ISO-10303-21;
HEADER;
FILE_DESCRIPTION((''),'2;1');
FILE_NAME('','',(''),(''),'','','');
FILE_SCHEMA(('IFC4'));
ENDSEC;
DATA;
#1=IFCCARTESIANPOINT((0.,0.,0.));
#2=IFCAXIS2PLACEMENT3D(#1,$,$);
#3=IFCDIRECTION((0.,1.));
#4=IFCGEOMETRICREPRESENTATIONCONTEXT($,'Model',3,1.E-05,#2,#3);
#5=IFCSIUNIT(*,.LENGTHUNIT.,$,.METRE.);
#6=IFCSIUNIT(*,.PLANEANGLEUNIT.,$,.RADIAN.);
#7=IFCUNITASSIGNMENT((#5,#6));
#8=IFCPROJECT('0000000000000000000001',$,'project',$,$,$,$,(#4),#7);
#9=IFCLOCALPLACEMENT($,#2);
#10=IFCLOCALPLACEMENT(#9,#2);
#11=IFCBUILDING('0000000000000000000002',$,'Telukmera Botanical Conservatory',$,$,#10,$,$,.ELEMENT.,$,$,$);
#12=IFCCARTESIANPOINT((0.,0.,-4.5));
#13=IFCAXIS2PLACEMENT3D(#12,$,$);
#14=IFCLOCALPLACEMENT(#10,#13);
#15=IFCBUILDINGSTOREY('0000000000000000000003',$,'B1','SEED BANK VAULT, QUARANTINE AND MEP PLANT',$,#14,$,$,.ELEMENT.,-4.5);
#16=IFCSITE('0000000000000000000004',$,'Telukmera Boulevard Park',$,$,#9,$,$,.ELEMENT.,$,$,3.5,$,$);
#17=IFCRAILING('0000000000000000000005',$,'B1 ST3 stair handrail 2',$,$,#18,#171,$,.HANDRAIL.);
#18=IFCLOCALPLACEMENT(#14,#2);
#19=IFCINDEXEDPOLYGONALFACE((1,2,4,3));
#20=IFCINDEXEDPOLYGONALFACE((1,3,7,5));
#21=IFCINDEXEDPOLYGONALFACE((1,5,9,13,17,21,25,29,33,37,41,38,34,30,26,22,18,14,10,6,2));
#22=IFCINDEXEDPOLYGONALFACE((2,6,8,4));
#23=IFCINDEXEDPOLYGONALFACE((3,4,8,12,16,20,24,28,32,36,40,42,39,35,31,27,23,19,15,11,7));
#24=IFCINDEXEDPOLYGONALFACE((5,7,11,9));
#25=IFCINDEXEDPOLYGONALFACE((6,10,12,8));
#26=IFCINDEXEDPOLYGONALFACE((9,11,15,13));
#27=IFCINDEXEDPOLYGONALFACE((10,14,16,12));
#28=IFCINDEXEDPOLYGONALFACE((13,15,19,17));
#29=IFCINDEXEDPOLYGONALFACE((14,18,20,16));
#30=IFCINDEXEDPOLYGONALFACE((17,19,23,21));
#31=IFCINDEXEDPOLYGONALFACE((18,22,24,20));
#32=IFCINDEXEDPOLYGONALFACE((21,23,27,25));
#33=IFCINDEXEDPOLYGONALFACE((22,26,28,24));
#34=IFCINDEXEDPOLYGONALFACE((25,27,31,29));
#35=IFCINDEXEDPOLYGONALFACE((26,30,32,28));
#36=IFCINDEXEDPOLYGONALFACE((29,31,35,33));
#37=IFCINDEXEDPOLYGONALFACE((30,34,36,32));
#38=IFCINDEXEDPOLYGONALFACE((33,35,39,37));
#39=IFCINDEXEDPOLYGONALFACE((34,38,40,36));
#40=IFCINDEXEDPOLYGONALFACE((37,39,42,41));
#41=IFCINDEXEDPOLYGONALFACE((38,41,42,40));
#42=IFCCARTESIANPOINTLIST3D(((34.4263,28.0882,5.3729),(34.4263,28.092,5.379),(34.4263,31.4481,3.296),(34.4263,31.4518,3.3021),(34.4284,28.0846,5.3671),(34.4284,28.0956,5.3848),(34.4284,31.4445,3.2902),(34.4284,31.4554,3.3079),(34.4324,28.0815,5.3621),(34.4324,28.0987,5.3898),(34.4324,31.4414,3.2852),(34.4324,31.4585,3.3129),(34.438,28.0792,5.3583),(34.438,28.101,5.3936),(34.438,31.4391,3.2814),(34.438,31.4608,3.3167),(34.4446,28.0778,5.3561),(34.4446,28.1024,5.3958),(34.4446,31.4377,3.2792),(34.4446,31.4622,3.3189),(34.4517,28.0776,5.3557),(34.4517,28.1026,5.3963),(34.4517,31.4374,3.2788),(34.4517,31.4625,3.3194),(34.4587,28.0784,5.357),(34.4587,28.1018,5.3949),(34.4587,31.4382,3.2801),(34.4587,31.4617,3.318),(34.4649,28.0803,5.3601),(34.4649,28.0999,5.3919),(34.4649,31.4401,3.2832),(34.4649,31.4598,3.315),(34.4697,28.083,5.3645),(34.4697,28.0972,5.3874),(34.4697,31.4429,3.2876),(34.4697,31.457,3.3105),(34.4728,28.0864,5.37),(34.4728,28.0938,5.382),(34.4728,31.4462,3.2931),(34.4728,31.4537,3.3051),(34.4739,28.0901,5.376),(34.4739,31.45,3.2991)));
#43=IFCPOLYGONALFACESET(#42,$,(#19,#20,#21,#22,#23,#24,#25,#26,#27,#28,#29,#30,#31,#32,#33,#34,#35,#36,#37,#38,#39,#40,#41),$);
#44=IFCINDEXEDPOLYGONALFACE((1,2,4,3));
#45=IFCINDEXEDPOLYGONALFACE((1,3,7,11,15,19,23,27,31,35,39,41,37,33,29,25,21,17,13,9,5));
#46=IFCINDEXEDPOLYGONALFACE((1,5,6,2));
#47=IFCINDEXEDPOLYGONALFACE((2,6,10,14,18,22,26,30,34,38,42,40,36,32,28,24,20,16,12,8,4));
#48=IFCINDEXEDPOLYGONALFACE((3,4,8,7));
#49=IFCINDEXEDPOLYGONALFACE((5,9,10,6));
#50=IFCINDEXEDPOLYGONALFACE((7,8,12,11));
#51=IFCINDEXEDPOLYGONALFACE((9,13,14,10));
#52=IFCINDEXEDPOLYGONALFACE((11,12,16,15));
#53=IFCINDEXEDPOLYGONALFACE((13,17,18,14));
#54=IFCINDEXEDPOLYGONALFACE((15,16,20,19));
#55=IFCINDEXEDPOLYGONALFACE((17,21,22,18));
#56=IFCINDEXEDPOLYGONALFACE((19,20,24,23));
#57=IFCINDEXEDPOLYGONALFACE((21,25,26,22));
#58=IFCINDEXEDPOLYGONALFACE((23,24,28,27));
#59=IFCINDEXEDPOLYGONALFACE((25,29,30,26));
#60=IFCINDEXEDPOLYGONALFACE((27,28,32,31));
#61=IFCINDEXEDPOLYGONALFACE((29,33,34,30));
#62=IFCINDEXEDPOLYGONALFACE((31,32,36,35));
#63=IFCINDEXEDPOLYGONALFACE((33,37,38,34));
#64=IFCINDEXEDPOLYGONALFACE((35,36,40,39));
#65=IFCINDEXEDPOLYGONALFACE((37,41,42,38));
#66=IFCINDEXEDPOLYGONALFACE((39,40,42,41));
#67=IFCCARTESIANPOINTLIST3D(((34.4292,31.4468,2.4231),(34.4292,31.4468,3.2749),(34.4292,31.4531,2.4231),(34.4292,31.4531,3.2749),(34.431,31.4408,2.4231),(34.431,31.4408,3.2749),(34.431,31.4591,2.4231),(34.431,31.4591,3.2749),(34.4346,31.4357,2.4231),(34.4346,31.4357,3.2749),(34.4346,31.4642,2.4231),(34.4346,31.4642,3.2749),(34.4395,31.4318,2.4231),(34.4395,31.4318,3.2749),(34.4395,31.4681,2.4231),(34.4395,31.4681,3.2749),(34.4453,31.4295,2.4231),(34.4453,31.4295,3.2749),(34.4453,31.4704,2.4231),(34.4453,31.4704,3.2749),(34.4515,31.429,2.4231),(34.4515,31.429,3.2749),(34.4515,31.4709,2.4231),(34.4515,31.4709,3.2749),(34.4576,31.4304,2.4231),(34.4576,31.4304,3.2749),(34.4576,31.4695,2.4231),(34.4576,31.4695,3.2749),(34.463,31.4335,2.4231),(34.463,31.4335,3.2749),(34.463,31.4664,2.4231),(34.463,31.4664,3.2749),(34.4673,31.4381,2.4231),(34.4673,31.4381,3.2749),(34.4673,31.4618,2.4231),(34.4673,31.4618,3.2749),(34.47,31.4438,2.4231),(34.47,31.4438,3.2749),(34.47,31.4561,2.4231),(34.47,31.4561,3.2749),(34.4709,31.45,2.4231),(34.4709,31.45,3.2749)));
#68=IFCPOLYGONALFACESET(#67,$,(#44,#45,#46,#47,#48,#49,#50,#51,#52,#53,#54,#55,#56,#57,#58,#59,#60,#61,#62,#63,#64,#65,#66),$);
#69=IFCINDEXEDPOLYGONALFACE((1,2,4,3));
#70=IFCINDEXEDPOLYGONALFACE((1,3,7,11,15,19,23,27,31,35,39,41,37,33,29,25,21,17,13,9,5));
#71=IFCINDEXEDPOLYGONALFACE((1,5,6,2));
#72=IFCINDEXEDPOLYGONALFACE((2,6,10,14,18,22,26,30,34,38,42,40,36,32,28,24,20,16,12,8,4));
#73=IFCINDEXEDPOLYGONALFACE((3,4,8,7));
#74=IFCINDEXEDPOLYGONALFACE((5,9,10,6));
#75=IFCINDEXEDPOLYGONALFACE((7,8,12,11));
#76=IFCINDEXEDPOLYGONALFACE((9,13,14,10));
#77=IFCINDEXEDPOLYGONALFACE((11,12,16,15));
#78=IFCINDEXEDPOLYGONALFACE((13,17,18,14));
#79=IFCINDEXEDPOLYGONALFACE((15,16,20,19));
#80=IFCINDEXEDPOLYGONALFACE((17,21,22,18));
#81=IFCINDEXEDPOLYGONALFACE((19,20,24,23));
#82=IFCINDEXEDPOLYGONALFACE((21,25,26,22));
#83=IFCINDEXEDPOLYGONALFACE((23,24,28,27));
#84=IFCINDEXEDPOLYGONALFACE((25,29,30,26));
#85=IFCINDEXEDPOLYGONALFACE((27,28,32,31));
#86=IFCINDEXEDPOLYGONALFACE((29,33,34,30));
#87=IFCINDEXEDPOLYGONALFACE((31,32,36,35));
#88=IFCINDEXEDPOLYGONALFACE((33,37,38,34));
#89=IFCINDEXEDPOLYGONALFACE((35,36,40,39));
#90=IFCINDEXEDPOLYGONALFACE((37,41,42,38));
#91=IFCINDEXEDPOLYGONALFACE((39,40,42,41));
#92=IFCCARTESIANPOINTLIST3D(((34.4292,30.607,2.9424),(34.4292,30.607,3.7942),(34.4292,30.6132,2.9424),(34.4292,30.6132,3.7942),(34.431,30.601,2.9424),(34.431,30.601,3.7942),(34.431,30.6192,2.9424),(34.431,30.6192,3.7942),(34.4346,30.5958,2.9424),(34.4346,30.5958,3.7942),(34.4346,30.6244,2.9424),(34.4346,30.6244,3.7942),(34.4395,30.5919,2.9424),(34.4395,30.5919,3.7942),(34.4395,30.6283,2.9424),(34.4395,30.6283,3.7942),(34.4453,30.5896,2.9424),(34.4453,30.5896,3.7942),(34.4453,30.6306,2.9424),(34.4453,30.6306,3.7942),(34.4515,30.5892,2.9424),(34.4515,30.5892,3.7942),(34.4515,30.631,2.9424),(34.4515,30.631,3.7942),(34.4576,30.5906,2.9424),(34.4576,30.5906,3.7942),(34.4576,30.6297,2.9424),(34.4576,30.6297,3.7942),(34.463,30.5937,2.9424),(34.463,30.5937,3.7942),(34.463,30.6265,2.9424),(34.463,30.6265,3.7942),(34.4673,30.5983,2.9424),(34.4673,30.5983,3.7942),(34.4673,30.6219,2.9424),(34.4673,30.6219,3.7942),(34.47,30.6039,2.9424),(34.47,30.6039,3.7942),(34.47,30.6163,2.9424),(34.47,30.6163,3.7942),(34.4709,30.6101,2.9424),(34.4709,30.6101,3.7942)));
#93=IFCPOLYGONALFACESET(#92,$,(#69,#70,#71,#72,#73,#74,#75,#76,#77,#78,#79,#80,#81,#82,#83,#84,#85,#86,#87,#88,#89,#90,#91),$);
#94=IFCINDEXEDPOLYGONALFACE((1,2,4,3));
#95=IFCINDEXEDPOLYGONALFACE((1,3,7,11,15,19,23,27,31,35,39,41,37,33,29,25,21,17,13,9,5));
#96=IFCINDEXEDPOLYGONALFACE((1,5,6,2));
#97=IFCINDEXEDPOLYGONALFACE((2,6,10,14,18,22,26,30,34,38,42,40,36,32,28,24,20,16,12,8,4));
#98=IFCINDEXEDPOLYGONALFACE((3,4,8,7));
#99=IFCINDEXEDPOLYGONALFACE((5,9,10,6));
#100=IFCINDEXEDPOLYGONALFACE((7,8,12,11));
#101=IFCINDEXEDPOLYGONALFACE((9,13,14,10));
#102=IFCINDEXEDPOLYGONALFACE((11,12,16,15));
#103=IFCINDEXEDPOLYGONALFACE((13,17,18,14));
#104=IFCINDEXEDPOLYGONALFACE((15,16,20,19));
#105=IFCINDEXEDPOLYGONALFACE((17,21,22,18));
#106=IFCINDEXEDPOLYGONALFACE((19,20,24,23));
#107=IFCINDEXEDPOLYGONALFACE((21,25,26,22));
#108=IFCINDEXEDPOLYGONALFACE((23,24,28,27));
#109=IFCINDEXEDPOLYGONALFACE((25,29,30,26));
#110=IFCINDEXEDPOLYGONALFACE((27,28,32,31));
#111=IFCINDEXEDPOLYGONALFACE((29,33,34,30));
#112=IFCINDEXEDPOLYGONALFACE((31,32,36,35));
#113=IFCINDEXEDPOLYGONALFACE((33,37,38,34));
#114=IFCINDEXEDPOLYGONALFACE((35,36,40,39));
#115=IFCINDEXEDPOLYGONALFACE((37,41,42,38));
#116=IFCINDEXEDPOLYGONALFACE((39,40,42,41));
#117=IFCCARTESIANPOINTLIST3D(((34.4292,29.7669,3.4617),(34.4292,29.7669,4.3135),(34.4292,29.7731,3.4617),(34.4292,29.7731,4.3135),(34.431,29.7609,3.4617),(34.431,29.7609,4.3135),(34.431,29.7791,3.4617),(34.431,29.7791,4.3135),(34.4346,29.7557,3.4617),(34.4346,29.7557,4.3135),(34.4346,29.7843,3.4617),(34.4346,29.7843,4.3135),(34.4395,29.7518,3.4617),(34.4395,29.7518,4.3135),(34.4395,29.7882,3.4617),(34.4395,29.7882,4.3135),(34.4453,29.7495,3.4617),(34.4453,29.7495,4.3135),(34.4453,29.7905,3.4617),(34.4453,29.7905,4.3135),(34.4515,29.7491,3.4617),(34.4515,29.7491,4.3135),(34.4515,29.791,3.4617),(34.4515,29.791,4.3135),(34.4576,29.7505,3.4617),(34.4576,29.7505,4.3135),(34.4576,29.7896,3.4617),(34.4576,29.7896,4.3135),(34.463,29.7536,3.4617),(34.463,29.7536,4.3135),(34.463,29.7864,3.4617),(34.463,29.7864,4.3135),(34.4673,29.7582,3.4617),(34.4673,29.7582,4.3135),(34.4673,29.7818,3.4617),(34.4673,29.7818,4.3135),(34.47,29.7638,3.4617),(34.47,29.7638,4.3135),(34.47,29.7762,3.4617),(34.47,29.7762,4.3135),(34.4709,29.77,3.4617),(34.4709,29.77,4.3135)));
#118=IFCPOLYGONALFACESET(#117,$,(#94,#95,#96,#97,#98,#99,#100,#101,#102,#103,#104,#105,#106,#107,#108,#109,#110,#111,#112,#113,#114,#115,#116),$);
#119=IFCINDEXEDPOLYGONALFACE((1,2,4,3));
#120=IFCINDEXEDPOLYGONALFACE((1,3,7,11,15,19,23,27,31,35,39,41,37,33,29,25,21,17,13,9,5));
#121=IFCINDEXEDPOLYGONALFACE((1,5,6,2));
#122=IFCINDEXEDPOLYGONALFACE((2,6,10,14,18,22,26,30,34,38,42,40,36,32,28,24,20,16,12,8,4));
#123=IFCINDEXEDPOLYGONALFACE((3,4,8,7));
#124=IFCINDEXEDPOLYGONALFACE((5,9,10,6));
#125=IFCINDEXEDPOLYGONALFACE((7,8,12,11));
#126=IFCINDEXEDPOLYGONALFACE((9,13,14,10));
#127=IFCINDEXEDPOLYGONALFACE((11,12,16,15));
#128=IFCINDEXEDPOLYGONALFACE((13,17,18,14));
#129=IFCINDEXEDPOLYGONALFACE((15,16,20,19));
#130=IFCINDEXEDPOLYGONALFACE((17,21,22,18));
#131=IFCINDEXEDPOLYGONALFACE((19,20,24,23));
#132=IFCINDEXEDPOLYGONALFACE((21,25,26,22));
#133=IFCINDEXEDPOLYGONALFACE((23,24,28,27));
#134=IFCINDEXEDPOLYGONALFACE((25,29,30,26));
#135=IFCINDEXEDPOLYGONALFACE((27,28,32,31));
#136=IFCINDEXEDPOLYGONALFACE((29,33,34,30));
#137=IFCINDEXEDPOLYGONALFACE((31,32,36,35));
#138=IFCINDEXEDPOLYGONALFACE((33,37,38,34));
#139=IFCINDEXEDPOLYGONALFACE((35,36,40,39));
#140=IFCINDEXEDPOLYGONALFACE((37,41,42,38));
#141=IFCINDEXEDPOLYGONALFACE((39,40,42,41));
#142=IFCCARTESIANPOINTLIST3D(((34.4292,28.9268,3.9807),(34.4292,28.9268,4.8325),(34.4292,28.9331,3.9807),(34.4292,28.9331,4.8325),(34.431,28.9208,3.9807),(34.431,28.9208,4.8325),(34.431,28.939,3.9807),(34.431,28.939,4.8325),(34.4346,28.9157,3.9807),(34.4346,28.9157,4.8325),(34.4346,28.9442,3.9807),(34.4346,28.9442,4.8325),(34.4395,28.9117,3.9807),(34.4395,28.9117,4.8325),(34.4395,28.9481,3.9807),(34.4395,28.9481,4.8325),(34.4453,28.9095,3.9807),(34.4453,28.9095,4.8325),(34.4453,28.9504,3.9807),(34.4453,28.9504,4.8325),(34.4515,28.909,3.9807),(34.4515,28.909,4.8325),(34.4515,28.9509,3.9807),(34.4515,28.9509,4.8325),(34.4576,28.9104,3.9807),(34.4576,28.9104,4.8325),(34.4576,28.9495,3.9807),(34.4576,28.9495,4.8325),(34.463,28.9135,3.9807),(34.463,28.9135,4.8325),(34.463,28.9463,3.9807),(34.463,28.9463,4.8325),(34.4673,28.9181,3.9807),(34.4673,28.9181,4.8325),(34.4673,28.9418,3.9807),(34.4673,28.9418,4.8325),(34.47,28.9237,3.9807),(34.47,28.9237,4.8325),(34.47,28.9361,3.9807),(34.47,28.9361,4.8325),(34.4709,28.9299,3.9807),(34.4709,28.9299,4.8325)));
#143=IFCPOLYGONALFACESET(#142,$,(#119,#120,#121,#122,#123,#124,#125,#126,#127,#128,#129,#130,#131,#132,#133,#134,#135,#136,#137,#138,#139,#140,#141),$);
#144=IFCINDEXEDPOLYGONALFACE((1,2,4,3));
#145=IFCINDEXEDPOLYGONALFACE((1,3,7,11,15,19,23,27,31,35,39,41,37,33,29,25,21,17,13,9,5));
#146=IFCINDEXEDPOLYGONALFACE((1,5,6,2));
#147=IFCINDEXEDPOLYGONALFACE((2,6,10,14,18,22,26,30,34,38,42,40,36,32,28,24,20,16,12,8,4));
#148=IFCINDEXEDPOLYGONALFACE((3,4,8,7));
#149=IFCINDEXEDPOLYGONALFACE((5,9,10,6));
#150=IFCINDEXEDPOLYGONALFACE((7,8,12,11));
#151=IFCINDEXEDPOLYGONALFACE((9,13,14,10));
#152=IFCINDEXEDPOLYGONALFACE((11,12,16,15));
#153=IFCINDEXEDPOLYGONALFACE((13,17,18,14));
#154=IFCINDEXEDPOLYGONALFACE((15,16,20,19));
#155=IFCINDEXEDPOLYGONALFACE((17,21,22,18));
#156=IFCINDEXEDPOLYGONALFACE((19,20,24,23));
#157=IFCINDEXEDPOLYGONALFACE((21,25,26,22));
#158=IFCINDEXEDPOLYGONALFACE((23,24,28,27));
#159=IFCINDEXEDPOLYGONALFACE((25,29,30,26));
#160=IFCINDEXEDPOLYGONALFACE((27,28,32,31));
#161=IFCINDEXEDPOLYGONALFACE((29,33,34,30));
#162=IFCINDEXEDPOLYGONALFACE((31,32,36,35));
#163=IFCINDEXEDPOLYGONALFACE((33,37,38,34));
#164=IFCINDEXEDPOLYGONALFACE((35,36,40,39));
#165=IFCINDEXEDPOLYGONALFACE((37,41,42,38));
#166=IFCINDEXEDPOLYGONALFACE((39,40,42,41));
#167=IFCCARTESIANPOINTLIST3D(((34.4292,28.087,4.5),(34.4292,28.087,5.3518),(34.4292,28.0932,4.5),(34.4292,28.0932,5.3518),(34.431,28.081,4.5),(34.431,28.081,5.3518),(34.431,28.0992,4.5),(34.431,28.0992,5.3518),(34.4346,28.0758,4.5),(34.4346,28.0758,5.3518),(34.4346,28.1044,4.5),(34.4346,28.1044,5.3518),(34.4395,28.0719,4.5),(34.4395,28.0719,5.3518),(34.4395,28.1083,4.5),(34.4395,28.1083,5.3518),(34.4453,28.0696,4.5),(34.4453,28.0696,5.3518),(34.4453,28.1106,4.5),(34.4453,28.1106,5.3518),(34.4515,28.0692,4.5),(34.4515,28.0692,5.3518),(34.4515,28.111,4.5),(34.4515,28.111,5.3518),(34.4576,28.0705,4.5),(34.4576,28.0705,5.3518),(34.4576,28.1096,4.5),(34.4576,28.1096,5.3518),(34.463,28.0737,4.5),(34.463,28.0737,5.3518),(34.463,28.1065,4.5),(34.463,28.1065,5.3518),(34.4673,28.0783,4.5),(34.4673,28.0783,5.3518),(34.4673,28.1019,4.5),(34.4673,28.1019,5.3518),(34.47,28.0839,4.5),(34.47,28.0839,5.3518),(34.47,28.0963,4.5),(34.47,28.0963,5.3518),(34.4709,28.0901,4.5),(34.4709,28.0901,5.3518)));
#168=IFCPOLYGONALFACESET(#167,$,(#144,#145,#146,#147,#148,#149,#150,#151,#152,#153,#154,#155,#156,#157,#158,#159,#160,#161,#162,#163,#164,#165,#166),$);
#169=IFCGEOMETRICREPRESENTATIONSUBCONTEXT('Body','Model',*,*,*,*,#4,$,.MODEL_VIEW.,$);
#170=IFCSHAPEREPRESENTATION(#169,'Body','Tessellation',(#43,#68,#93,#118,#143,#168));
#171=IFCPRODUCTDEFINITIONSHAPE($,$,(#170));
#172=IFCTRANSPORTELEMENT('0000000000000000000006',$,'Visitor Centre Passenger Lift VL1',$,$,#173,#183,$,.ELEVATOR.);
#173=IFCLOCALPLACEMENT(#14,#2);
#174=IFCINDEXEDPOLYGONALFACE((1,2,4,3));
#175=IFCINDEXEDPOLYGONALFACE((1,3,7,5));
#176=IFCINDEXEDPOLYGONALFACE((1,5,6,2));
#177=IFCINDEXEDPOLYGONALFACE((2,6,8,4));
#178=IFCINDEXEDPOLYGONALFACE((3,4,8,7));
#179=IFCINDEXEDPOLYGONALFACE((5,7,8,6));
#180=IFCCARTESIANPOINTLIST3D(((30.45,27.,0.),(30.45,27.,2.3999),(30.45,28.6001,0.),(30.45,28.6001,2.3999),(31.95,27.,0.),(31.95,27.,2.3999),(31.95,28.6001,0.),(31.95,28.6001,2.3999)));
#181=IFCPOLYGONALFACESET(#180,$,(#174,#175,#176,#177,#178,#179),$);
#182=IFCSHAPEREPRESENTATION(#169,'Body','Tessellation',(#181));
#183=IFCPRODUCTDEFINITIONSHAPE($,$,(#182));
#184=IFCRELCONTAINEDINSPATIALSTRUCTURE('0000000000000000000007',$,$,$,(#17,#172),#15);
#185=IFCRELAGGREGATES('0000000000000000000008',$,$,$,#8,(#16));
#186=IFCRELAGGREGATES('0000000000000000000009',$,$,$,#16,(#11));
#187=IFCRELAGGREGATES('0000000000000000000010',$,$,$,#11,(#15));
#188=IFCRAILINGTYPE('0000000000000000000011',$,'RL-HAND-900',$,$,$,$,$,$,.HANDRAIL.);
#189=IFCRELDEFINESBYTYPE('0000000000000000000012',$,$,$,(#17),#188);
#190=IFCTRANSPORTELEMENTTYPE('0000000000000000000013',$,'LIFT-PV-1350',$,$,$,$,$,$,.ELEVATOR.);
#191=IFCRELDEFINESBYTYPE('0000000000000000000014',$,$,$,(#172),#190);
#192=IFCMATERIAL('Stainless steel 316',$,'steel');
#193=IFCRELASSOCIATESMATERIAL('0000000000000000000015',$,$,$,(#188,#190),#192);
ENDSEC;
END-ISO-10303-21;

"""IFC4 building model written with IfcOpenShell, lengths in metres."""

from ifc_helpers import new_model, si_unit, direction, frame, origin, origin_2d, place, context, subcontext, project, spatial, rectangle, circle, extrude, material, type_object, element, save


model = new_model("IFC4")

# Units and contexts
model_context = context("Model", 3, precision=1e-05, world=origin(), true_north=direction((0.0, 1.0)))
body_context = subcontext(model_context, "Body", "Model", "MODEL_VIEW")
ifc_project = project(units=[si_unit("LENGTHUNIT", "METRE"), si_unit("PLANEANGLEUNIT", "RADIAN")], contexts=[model_context])

# Site, building, storey
site_placement = place(None, origin())
site = spatial("IfcSite", under=ifc_project, at=site_placement, Name="Telukmera Boulevard Park", CompositionType="ELEMENT", RefElevation=3.5)
building_placement = place(site_placement, origin())
building = spatial("IfcBuilding", under=site, at=building_placement, Name="Telukmera Botanical Conservatory", CompositionType="ELEMENT")
storey_placement = place(building_placement, frame((0.0, 0.0, -4.5)))
storey = spatial("IfcBuildingStorey", under=building, at=storey_placement, Name="B1", Description="SEED BANK VAULT, QUARANTINE AND MEP PLANT", CompositionType="ELEMENT", Elevation=-4.5)

# Railing
ifc_material_1 = material(Name="Stainless steel 316", Category="steel")
railing_type_1 = type_object("IfcRailingType", Name="RL-HAND-900", PredefinedType="HANDRAIL", material=ifc_material_1)
railing_1_placement = place(storey_placement, frame((34.45, 31.45, 2.4231)))
element("IfcRailing", 1, at=railing_1_placement, inside=storey, type_object=railing_type_1, Name="B1 ST3 stair handrail 2", PredefinedType="HANDRAIL", context=body_context, shape_type="SweptSolid", body=[
    extrude(circle(Radius=0.0239, at=origin_2d()), frame((0.0, 0.0, 0.876), z_axis=(0.0, -0.850606, 0.525803), x_axis=(1.0, 0.0, 0.0)), (0.0, 0.0, 1.0), 3.95),
    extrude(circle(Radius=0.021, at=origin_2d()), origin(), (0.0, 0.0, 1.0), 0.8518),
    extrude(circle(Radius=0.021, at=origin_2d()), frame((0.0, -0.8398, 0.5193)), (0.0, 0.0, 1.0), 0.8518),
    extrude(circle(Radius=0.021, at=origin_2d()), frame((0.0, -1.6799, 1.0386)), (0.0, 0.0, 1.0), 0.8518),
    extrude(circle(Radius=0.021, at=origin_2d()), frame((0.0, -2.52, 1.5576)), (0.0, 0.0, 1.0), 0.8518),
    extrude(circle(Radius=0.021, at=origin_2d()), frame((0.0, -3.3599, 2.0769)), (0.0, 0.0, 1.0), 0.8518),
])

# Transport element
transport_element_type = type_object("IfcTransportElementType", Name="LIFT-PV-1350", PredefinedType="ELEVATOR", material=ifc_material_1)
transport_element_placement = place(storey_placement, frame((31.2, 27.8, 0.0), z_axis=(0.0, 0.0, 1.0), x_axis=(1.0, 0.0, 0.0)))
element("IfcTransportElement", 2, at=transport_element_placement, inside=storey, type_object=transport_element_type, Name="Visitor Centre Passenger Lift VL1", PredefinedType="ELEVATOR", context=body_context, shape_type="SweptSolid", body=[
    extrude(rectangle(XDim=1.5, YDim=1.6001, at=origin_2d()), origin(), (0.0, 0.0, 1.0), 2.3999),
])

save(model, "model.ifc")
